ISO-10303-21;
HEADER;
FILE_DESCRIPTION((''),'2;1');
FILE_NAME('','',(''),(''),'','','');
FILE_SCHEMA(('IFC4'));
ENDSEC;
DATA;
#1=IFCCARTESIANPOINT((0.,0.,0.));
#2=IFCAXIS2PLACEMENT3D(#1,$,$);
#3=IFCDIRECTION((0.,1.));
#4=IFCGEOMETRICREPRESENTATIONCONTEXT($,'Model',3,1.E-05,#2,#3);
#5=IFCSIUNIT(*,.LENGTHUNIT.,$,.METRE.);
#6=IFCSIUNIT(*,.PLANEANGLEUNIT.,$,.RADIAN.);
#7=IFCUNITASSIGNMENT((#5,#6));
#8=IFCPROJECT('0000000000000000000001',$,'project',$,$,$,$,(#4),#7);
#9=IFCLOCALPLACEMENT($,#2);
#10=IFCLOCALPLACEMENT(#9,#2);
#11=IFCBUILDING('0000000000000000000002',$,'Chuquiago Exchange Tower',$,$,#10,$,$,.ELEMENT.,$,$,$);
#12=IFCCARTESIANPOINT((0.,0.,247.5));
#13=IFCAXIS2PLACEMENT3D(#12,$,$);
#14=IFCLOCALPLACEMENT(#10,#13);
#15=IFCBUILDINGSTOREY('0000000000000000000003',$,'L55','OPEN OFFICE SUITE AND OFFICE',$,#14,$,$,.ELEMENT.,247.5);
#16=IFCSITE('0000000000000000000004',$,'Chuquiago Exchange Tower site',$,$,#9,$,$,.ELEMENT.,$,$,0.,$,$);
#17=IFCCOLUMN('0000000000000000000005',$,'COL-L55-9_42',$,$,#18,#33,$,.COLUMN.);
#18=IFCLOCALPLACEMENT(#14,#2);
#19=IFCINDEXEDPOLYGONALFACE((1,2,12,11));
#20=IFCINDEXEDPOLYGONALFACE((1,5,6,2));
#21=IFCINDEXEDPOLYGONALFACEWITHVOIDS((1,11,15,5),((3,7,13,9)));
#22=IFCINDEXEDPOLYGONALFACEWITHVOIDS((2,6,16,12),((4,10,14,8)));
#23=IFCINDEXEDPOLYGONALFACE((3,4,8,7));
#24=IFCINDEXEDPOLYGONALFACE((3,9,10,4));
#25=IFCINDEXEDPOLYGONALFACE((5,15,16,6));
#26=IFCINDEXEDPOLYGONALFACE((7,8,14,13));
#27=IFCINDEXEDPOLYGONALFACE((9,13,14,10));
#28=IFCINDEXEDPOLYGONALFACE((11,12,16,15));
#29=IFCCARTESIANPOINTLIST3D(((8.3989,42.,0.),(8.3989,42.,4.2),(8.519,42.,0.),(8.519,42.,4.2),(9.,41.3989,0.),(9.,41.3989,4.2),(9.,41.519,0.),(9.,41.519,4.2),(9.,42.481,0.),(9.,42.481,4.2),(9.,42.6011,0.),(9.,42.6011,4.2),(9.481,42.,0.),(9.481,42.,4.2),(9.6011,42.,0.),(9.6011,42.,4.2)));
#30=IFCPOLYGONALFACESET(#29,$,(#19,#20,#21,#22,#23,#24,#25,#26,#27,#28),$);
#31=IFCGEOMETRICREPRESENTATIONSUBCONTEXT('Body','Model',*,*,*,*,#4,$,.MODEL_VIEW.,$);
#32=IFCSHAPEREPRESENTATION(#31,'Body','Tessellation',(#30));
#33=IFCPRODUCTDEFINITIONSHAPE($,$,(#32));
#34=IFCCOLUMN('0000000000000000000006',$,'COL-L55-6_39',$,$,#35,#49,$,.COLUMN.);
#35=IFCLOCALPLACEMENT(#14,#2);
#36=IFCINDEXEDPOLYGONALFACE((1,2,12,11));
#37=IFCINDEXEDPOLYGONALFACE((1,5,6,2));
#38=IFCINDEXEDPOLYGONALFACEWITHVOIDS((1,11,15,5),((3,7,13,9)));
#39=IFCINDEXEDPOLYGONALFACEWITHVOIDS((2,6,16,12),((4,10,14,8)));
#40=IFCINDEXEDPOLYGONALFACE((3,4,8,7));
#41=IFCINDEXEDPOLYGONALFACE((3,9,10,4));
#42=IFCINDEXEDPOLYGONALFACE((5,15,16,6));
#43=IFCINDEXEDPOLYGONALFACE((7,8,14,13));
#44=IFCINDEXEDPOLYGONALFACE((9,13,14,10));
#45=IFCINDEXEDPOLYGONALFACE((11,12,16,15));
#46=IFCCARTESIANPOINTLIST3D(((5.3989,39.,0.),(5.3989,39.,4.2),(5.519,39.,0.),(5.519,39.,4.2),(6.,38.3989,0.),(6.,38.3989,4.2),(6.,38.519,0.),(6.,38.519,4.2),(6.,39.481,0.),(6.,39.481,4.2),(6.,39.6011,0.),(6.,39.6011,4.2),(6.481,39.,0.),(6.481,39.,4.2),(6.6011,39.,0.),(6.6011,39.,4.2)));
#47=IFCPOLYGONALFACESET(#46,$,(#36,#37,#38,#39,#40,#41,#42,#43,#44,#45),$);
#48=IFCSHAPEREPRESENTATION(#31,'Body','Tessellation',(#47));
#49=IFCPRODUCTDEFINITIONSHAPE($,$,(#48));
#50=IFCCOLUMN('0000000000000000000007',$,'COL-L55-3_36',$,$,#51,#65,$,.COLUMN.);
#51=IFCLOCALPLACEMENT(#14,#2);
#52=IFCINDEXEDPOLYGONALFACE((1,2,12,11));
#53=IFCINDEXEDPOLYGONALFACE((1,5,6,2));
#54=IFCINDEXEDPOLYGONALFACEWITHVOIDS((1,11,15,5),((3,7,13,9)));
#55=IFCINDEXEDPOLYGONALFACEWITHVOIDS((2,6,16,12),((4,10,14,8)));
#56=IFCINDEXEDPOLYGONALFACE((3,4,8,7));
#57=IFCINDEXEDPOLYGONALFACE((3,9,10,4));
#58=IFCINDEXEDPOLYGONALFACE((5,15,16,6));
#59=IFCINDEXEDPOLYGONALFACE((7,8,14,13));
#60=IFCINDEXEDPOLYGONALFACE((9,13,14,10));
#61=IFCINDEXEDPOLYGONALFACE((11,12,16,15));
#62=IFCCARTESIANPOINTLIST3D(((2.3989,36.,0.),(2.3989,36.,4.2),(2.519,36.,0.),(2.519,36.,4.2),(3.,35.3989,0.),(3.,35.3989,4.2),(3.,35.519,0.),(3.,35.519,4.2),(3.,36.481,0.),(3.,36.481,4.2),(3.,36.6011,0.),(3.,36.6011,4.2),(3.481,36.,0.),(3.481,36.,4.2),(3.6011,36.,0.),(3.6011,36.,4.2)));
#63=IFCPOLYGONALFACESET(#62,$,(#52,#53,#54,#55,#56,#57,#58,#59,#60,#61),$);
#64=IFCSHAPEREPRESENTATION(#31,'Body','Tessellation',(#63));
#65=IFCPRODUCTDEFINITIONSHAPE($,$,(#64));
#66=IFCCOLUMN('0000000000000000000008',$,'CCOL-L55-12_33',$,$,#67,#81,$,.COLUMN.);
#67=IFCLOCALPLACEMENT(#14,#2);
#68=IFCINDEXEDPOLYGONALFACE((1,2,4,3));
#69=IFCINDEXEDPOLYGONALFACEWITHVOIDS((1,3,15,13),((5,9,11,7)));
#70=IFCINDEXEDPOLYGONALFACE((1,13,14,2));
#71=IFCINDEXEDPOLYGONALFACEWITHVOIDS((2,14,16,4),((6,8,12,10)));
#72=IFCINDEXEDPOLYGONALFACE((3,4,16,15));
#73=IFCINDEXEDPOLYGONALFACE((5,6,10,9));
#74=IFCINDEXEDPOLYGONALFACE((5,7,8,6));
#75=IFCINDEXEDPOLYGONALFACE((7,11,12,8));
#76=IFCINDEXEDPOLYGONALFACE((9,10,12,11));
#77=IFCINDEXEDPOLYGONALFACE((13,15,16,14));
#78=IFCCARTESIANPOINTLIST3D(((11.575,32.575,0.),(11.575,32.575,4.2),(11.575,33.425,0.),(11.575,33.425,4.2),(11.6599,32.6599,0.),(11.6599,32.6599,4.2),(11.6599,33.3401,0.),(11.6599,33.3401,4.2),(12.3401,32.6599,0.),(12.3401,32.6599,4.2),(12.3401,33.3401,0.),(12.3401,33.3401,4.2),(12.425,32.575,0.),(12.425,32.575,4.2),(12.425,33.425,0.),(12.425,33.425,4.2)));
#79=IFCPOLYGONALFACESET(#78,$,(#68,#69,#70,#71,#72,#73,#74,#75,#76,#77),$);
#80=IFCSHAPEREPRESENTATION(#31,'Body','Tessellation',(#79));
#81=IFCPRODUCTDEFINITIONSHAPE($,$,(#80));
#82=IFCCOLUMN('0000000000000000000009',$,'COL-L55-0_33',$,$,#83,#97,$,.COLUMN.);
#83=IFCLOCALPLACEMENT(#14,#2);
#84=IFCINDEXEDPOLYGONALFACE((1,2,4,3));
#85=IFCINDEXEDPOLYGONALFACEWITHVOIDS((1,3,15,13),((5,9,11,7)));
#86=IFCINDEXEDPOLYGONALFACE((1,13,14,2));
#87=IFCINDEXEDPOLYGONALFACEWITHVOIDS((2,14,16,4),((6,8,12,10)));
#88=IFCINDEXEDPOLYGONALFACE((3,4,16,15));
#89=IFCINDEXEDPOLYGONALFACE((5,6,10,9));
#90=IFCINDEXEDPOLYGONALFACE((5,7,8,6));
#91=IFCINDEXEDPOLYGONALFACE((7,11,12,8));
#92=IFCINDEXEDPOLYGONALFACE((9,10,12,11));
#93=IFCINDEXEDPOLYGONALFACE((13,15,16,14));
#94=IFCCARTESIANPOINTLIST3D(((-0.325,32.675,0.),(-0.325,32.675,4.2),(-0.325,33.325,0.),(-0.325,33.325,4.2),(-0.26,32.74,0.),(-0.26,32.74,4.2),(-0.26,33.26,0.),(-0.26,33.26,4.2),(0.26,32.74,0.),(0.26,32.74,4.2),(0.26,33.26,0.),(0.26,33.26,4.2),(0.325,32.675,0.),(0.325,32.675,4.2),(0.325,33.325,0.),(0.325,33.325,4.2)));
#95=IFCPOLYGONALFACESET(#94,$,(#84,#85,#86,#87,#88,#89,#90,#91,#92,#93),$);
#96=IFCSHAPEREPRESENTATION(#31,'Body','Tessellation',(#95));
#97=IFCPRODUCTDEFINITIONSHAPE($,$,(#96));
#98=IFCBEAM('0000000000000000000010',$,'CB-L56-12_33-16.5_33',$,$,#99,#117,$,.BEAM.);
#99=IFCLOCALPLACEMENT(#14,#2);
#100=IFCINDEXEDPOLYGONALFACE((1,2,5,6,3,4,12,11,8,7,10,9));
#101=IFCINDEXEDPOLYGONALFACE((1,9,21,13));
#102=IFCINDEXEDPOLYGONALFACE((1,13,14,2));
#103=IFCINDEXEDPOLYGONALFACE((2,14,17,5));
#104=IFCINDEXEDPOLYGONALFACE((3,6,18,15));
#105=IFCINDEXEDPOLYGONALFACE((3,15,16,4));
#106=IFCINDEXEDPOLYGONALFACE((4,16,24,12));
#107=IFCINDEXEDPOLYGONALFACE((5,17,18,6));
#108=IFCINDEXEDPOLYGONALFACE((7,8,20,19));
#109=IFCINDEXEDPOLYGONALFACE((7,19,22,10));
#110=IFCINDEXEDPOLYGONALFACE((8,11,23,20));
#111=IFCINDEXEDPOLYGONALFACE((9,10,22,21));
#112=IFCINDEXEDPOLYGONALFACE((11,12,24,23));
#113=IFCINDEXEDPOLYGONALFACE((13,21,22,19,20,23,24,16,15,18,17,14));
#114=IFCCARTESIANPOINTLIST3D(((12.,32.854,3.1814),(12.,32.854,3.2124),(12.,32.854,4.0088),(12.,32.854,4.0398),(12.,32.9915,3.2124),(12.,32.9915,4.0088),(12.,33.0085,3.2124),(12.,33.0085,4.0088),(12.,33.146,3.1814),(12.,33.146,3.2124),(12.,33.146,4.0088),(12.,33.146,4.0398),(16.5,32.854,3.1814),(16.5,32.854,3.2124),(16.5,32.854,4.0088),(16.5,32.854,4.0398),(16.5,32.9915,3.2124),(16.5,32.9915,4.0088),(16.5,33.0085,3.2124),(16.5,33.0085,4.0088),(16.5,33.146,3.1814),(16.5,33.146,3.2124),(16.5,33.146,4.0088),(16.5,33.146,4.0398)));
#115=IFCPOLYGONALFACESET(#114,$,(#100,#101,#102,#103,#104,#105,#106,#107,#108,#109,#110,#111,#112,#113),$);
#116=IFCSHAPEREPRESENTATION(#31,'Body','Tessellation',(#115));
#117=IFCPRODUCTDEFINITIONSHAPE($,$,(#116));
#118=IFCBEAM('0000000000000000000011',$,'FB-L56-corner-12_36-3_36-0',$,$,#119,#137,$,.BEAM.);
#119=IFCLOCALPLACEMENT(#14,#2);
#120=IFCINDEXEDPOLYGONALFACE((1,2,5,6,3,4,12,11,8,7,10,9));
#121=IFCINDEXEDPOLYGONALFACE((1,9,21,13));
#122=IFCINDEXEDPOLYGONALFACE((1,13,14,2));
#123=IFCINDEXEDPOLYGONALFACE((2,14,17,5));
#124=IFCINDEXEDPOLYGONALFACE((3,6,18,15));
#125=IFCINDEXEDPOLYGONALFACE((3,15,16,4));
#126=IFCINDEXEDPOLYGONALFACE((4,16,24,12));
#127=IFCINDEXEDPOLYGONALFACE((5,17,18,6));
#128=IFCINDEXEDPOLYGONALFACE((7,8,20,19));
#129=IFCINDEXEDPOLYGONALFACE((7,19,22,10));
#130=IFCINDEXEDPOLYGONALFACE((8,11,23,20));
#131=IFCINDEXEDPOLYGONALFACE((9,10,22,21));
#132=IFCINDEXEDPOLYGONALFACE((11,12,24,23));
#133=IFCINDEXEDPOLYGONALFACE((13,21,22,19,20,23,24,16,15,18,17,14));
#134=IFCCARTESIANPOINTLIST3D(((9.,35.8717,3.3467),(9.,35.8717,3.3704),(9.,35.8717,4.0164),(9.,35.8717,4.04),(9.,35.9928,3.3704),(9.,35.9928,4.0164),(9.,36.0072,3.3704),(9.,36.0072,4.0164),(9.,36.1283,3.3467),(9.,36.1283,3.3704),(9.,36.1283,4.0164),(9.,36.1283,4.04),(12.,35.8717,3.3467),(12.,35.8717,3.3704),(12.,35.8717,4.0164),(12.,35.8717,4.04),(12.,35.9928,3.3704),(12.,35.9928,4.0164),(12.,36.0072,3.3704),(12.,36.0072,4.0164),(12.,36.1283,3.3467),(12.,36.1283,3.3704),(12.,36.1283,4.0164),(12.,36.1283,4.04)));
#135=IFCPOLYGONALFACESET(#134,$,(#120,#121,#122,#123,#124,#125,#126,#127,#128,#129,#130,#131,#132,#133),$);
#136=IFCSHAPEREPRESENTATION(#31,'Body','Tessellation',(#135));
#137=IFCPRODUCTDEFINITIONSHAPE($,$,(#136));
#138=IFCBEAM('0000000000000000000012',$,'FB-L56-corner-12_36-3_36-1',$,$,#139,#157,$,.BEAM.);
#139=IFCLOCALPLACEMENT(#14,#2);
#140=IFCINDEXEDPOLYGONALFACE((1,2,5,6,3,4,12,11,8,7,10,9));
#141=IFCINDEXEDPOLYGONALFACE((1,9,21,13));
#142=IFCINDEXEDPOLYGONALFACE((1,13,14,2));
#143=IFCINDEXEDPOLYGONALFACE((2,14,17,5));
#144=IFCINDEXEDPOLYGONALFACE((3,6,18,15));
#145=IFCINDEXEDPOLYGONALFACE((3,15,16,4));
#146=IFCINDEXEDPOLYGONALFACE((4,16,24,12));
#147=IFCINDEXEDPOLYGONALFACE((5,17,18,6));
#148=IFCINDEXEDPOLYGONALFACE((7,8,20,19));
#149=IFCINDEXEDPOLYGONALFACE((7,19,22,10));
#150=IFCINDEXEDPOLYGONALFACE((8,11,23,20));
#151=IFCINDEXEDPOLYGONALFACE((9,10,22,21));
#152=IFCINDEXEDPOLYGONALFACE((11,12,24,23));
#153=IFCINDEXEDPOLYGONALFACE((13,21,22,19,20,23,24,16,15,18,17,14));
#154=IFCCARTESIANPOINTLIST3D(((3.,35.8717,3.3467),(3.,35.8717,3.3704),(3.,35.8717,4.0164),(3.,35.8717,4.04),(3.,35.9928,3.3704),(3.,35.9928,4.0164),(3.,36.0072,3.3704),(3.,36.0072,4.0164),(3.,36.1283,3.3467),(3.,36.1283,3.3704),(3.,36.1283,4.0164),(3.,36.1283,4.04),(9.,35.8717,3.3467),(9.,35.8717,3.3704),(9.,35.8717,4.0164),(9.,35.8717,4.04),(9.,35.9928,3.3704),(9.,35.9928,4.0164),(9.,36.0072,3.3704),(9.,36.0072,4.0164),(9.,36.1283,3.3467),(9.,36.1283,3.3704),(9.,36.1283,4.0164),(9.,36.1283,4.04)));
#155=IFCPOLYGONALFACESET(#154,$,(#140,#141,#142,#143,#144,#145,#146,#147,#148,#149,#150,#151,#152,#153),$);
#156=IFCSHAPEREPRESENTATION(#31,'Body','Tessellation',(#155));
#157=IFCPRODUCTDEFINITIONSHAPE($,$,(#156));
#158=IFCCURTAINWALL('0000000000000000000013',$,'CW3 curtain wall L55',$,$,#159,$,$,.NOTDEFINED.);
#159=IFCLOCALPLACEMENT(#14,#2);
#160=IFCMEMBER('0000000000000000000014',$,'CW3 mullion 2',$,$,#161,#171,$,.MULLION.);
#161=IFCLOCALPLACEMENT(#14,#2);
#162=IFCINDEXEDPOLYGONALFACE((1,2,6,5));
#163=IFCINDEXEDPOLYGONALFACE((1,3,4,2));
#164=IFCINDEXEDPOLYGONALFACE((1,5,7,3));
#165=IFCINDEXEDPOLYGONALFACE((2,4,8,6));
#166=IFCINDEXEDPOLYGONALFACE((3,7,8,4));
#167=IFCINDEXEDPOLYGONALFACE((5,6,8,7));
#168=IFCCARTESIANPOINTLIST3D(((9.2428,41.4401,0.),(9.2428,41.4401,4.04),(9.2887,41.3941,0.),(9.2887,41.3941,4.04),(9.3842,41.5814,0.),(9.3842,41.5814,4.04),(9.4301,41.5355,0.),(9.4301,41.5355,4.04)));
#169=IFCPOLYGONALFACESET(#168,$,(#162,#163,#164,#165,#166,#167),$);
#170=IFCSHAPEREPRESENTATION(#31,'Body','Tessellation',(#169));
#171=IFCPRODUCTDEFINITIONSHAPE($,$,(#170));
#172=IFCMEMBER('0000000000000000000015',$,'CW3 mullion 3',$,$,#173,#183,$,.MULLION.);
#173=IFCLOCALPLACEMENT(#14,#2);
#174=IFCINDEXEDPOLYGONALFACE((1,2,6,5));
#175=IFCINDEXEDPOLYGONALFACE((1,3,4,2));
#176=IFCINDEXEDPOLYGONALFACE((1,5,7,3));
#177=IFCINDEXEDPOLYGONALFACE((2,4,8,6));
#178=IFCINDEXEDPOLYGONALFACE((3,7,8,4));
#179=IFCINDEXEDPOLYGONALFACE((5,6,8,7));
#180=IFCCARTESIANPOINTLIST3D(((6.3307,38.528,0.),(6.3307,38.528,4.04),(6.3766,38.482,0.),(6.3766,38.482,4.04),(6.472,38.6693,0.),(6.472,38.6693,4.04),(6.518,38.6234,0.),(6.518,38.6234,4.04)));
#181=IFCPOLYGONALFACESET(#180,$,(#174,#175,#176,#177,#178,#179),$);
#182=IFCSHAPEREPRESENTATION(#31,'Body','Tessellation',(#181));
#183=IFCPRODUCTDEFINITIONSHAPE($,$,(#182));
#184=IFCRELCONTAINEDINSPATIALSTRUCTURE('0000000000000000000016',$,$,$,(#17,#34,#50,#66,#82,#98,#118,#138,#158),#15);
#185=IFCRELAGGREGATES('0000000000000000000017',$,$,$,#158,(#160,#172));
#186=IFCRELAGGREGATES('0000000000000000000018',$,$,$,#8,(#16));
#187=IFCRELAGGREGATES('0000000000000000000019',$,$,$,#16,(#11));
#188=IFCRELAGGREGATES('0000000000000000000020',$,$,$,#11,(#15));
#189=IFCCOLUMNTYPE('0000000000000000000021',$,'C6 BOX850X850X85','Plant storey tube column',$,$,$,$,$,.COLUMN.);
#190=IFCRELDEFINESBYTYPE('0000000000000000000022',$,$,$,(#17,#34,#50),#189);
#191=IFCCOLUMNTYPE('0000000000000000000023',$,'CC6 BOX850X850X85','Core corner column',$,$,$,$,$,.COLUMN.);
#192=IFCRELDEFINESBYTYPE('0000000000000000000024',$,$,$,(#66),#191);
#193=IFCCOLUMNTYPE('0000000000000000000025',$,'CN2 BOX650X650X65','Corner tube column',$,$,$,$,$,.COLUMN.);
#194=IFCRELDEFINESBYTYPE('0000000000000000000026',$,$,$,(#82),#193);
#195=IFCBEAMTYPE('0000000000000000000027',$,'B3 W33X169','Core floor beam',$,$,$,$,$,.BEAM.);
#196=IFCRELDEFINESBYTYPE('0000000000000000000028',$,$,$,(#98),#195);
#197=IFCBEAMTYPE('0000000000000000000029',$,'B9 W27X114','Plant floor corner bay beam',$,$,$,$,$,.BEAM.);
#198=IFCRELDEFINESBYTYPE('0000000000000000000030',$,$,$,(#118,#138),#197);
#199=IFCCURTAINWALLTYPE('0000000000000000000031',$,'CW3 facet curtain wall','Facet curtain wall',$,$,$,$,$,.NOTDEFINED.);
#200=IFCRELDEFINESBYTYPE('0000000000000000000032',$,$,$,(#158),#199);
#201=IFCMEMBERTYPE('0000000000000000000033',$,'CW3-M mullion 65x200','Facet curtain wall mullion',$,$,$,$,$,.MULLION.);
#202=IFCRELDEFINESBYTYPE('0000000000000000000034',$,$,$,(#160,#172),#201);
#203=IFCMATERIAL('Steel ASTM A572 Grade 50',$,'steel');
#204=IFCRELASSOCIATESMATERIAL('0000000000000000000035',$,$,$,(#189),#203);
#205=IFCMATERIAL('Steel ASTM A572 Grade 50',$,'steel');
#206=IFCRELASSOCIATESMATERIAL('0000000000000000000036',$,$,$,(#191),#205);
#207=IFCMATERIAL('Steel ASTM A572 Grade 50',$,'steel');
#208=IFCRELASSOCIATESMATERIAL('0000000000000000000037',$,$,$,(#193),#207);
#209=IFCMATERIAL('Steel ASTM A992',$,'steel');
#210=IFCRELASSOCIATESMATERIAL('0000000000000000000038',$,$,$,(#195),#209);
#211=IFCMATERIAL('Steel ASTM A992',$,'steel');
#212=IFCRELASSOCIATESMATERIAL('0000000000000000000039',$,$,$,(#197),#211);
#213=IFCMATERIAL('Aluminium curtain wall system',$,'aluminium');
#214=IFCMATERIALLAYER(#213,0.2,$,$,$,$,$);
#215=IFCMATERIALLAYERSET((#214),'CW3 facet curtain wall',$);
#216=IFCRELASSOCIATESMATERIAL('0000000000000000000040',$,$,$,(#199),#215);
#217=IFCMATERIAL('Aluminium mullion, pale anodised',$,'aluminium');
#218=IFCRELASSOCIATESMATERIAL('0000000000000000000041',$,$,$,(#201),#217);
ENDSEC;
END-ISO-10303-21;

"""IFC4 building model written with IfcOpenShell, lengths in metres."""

from ifc_helpers import new_model, si_unit, direction, frame, origin, origin_2d, place, context, subcontext, project, spatial, rectangle, hollow_rectangle, i_section, extrude, material, layer, layer_set, material_profile, profile_set, type_object, element, aggregate, save


model = new_model("IFC4")

# Units and contexts
model_context = context("Model", 3, precision=1e-05, world=origin(), true_north=direction((0.0, 1.0)))
body_context = subcontext(model_context, "Body", "Model", "MODEL_VIEW")
ifc_project = project(units=[si_unit("LENGTHUNIT", "METRE"), si_unit("PLANEANGLEUNIT", "RADIAN")], contexts=[model_context])

# Site, building, storey
site_placement = place(None, origin())
site = spatial("IfcSite", under=ifc_project, at=site_placement, Name="Chuquiago Exchange Tower site", CompositionType="ELEMENT", RefElevation=0.0)
building_placement = place(site_placement, origin())
building = spatial("IfcBuilding", under=site, at=building_placement, Name="Chuquiago Exchange Tower", CompositionType="ELEMENT")
storey_placement = place(building_placement, frame((0.0, 0.0, 247.5)))
storey = spatial("IfcBuildingStorey", under=building, at=storey_placement, Name="L55", Description="OPEN OFFICE SUITE AND OFFICE", CompositionType="ELEMENT", Elevation=247.5)

# Columns
ifc_material_1 = material(Name="Steel ASTM A572 Grade 50", Category="steel")
ifc_material_profile_1 = material_profile(ifc_material_1, hollow_rectangle(XDim=0.8501, YDim=0.8501, WallThickness=0.085, at=origin_2d()), Name="BOX850X850X85")
ifc_profile_set_1 = profile_set([ifc_material_profile_1], Name="Steel ASTM A572 Grade 50")
column_type_1 = type_object("IfcColumnType", Name="C6 BOX850X850X85", Description="Plant storey tube column", PredefinedType="COLUMN", material=ifc_profile_set_1)
for number, where, z_axis, x_axis, name in (
    (1, (9.0, 42.0, 0.0), (0.0, 0.0, 1.0), (-0.707107, 0.707107, 0.0), "COL-L55-9_42"),
    (2, (6.0, 39.0, 0.0), (0.0, 0.0, 1.0), (-0.707107, 0.707107, 0.0), "COL-L55-6_39"),
    (3, (3.0, 36.0, 0.0), (0.0, 0.0, 1.0), (-0.707107, 0.707107, 0.0), "COL-L55-3_36"),
):
    element("IfcColumn", number, at=place(storey_placement, frame(where, z_axis=z_axis, x_axis=x_axis)), inside=storey, type_object=column_type_1, Name=name, PredefinedType="COLUMN", context=body_context, shape_type="SweptSolid", body=[
        extrude(hollow_rectangle(XDim=0.8501, YDim=0.8501, WallThickness=0.085, at=origin_2d()), origin(), (0.0, 0.0, 1.0), 4.2),
    ])
ifc_material_2 = material(Name="Steel ASTM A572 Grade 50", Category="steel")
ifc_material_profile_2 = material_profile(ifc_material_2, hollow_rectangle(XDim=0.8501, YDim=0.8501, WallThickness=0.085, at=origin_2d()), Name="BOX850X850X85")
ifc_profile_set_2 = profile_set([ifc_material_profile_2], Name="Steel ASTM A572 Grade 50")
column_type_2 = type_object("IfcColumnType", Name="CC6 BOX850X850X85", Description="Core corner column", PredefinedType="COLUMN", material=ifc_profile_set_2)
column_1_placement = place(storey_placement, frame((12.0, 33.0, 0.0), z_axis=(0.0, 0.0, 1.0), x_axis=(1.0, 0.0, 0.0)))
element("IfcColumn", 4, at=column_1_placement, inside=storey, type_object=column_type_2, Name="CCOL-L55-12_33", PredefinedType="COLUMN", context=body_context, shape_type="SweptSolid", body=[
    extrude(hollow_rectangle(XDim=0.8501, YDim=0.8501, WallThickness=0.085, at=origin_2d()), origin(), (0.0, 0.0, 1.0), 4.2),
])
ifc_material_3 = material(Name="Steel ASTM A572 Grade 50", Category="steel")
ifc_material_profile_3 = material_profile(ifc_material_3, hollow_rectangle(XDim=0.6499, YDim=0.6499, WallThickness=0.0649, at=origin_2d()), Name="BOX650X650X65")
ifc_profile_set_3 = profile_set([ifc_material_profile_3], Name="Steel ASTM A572 Grade 50")
column_type_3 = type_object("IfcColumnType", Name="CN2 BOX650X650X65", Description="Corner tube column", PredefinedType="COLUMN", material=ifc_profile_set_3)
column_2_placement = place(storey_placement, frame((0.0, 33.0, 0.0), z_axis=(0.0, 0.0, 1.0), x_axis=(-1.0, 0.0, 0.0)))
element("IfcColumn", 5, at=column_2_placement, inside=storey, type_object=column_type_3, Name="COL-L55-0_33", PredefinedType="COLUMN", context=body_context, shape_type="SweptSolid", body=[
    extrude(hollow_rectangle(XDim=0.6499, YDim=0.6499, WallThickness=0.0649, at=origin_2d()), origin(), (0.0, 0.0, 1.0), 4.2),
])

# Beams
ifc_material_4 = material(Name="Steel ASTM A992", Category="steel")
ifc_material_profile_4 = material_profile(ifc_material_4, i_section(OverallWidth=0.292, OverallDepth=0.8584, WebThickness=0.0171, FlangeThickness=0.031, at=origin_2d()), Name="W33X169")
ifc_profile_set_4 = profile_set([ifc_material_profile_4], Name="Steel ASTM A992")
beam_type_1 = type_object("IfcBeamType", Name="B3 W33X169", Description="Core floor beam", PredefinedType="BEAM", material=ifc_profile_set_4)
beam_1_placement = place(storey_placement, frame((12.0, 33.0, 3.6106), z_axis=(1.0, 0.0, 0.0), x_axis=(0.0, 1.0, 0.0)))
element("IfcBeam", 6, at=beam_1_placement, inside=storey, type_object=beam_type_1, Name="CB-L56-12_33-16.5_33", PredefinedType="BEAM", context=body_context, shape_type="SweptSolid", body=[
    extrude(i_section(OverallWidth=0.292, OverallDepth=0.8584, WebThickness=0.0171, FlangeThickness=0.031, at=origin_2d()), origin(), (0.0, 0.0, 1.0), 4.5),
])
ifc_material_5 = material(Name="Steel ASTM A992", Category="steel")
ifc_material_profile_5 = material_profile(ifc_material_5, i_section(OverallWidth=0.2566, OverallDepth=0.6934, WebThickness=0.0144, FlangeThickness=0.0237, at=origin_2d()), Name="W27X114")
ifc_profile_set_5 = profile_set([ifc_material_profile_5], Name="Steel ASTM A992")
beam_type_2 = type_object("IfcBeamType", Name="B9 W27X114", Description="Plant floor corner bay beam", PredefinedType="BEAM", material=ifc_profile_set_5)
beam_2_placement = place(storey_placement, frame((12.0, 36.0, 3.6934), z_axis=(-1.0, 0.0, 0.0), x_axis=(0.0, -1.0, 0.0)))
element("IfcBeam", 7, at=beam_2_placement, inside=storey, type_object=beam_type_2, Name="FB-L56-corner-12_36-3_36-0", PredefinedType="BEAM", context=body_context, shape_type="SweptSolid", body=[
    extrude(i_section(OverallWidth=0.2566, OverallDepth=0.6934, WebThickness=0.0144, FlangeThickness=0.0237, at=origin_2d()), origin(), (0.0, 0.0, 1.0), 3.0),
])
beam_3_placement = place(storey_placement, frame((9.0, 36.0, 3.6934), z_axis=(-1.0, 0.0, 0.0), x_axis=(0.0, -1.0, 0.0)))
element("IfcBeam", 8, at=beam_3_placement, inside=storey, type_object=beam_type_2, Name="FB-L56-corner-12_36-3_36-1", PredefinedType="BEAM", context=body_context, shape_type="SweptSolid", body=[
    extrude(i_section(OverallWidth=0.2566, OverallDepth=0.6934, WebThickness=0.0144, FlangeThickness=0.0237, at=origin_2d()), origin(), (0.0, 0.0, 1.0), 6.0),
])

# Curtain wall, members
ifc_material_6 = material(Name="Aluminium curtain wall system", Category="aluminium")
ifc_layer_1 = layer(ifc_material_6, 0.2)
ifc_layer_set_1 = layer_set([ifc_layer_1], Name="CW3 facet curtain wall")
curtain_wall_type = type_object("IfcCurtainWallType", Name="CW3 facet curtain wall", Description="Facet curtain wall", PredefinedType="NOTDEFINED", material=ifc_layer_set_1)
curtain_wall_placement = place(storey_placement, origin())
curtain_wall = element("IfcCurtainWall", 9, at=curtain_wall_placement, inside=storey, type_object=curtain_wall_type, Name="CW3 curtain wall L55", PredefinedType="NOTDEFINED")
ifc_material_7 = material(Name="Aluminium mullion, pale anodised", Category="aluminium")
ifc_material_profile_6 = material_profile(ifc_material_7, rectangle(XDim=0.0649, YDim=0.2, at=origin_2d()), Name="AL 65x200")
ifc_profile_set_6 = profile_set([ifc_material_profile_6], Name="Aluminium mullion, pale anodised")
member_type_1 = type_object("IfcMemberType", Name="CW3-M mullion 65x200", Description="Facet curtain wall mullion", PredefinedType="MULLION", material=ifc_profile_set_6)
member_1_placement = place(storey_placement, frame((9.3364, 41.4878, 0.0), z_axis=(0.0, 0.0, 1.0), x_axis=(0.707107, -0.707107, 0.0)))
member_1 = element("IfcMember", 10, at=member_1_placement, type_object=member_type_1, Name="CW3 mullion 2", PredefinedType="MULLION", context=body_context, shape_type="SweptSolid", body=[
    extrude(rectangle(XDim=0.0649, YDim=0.2, at=origin_2d()), origin(), (0.0, 0.0, 1.0), 4.04),
])
member_2_placement = place(storey_placement, frame((6.4243, 38.5757, 0.0), z_axis=(0.0, 0.0, 1.0), x_axis=(0.707107, -0.707107, 0.0)))
member_2 = element("IfcMember", 11, at=member_2_placement, type_object=member_type_1, Name="CW3 mullion 3", PredefinedType="MULLION", context=body_context, shape_type="SweptSolid", body=[
    extrude(rectangle(XDim=0.0649, YDim=0.2, at=origin_2d()), origin(), (0.0, 0.0, 1.0), 4.04),
])

aggregate(curtain_wall, [member_1, member_2])

save(model, "model.ifc")
